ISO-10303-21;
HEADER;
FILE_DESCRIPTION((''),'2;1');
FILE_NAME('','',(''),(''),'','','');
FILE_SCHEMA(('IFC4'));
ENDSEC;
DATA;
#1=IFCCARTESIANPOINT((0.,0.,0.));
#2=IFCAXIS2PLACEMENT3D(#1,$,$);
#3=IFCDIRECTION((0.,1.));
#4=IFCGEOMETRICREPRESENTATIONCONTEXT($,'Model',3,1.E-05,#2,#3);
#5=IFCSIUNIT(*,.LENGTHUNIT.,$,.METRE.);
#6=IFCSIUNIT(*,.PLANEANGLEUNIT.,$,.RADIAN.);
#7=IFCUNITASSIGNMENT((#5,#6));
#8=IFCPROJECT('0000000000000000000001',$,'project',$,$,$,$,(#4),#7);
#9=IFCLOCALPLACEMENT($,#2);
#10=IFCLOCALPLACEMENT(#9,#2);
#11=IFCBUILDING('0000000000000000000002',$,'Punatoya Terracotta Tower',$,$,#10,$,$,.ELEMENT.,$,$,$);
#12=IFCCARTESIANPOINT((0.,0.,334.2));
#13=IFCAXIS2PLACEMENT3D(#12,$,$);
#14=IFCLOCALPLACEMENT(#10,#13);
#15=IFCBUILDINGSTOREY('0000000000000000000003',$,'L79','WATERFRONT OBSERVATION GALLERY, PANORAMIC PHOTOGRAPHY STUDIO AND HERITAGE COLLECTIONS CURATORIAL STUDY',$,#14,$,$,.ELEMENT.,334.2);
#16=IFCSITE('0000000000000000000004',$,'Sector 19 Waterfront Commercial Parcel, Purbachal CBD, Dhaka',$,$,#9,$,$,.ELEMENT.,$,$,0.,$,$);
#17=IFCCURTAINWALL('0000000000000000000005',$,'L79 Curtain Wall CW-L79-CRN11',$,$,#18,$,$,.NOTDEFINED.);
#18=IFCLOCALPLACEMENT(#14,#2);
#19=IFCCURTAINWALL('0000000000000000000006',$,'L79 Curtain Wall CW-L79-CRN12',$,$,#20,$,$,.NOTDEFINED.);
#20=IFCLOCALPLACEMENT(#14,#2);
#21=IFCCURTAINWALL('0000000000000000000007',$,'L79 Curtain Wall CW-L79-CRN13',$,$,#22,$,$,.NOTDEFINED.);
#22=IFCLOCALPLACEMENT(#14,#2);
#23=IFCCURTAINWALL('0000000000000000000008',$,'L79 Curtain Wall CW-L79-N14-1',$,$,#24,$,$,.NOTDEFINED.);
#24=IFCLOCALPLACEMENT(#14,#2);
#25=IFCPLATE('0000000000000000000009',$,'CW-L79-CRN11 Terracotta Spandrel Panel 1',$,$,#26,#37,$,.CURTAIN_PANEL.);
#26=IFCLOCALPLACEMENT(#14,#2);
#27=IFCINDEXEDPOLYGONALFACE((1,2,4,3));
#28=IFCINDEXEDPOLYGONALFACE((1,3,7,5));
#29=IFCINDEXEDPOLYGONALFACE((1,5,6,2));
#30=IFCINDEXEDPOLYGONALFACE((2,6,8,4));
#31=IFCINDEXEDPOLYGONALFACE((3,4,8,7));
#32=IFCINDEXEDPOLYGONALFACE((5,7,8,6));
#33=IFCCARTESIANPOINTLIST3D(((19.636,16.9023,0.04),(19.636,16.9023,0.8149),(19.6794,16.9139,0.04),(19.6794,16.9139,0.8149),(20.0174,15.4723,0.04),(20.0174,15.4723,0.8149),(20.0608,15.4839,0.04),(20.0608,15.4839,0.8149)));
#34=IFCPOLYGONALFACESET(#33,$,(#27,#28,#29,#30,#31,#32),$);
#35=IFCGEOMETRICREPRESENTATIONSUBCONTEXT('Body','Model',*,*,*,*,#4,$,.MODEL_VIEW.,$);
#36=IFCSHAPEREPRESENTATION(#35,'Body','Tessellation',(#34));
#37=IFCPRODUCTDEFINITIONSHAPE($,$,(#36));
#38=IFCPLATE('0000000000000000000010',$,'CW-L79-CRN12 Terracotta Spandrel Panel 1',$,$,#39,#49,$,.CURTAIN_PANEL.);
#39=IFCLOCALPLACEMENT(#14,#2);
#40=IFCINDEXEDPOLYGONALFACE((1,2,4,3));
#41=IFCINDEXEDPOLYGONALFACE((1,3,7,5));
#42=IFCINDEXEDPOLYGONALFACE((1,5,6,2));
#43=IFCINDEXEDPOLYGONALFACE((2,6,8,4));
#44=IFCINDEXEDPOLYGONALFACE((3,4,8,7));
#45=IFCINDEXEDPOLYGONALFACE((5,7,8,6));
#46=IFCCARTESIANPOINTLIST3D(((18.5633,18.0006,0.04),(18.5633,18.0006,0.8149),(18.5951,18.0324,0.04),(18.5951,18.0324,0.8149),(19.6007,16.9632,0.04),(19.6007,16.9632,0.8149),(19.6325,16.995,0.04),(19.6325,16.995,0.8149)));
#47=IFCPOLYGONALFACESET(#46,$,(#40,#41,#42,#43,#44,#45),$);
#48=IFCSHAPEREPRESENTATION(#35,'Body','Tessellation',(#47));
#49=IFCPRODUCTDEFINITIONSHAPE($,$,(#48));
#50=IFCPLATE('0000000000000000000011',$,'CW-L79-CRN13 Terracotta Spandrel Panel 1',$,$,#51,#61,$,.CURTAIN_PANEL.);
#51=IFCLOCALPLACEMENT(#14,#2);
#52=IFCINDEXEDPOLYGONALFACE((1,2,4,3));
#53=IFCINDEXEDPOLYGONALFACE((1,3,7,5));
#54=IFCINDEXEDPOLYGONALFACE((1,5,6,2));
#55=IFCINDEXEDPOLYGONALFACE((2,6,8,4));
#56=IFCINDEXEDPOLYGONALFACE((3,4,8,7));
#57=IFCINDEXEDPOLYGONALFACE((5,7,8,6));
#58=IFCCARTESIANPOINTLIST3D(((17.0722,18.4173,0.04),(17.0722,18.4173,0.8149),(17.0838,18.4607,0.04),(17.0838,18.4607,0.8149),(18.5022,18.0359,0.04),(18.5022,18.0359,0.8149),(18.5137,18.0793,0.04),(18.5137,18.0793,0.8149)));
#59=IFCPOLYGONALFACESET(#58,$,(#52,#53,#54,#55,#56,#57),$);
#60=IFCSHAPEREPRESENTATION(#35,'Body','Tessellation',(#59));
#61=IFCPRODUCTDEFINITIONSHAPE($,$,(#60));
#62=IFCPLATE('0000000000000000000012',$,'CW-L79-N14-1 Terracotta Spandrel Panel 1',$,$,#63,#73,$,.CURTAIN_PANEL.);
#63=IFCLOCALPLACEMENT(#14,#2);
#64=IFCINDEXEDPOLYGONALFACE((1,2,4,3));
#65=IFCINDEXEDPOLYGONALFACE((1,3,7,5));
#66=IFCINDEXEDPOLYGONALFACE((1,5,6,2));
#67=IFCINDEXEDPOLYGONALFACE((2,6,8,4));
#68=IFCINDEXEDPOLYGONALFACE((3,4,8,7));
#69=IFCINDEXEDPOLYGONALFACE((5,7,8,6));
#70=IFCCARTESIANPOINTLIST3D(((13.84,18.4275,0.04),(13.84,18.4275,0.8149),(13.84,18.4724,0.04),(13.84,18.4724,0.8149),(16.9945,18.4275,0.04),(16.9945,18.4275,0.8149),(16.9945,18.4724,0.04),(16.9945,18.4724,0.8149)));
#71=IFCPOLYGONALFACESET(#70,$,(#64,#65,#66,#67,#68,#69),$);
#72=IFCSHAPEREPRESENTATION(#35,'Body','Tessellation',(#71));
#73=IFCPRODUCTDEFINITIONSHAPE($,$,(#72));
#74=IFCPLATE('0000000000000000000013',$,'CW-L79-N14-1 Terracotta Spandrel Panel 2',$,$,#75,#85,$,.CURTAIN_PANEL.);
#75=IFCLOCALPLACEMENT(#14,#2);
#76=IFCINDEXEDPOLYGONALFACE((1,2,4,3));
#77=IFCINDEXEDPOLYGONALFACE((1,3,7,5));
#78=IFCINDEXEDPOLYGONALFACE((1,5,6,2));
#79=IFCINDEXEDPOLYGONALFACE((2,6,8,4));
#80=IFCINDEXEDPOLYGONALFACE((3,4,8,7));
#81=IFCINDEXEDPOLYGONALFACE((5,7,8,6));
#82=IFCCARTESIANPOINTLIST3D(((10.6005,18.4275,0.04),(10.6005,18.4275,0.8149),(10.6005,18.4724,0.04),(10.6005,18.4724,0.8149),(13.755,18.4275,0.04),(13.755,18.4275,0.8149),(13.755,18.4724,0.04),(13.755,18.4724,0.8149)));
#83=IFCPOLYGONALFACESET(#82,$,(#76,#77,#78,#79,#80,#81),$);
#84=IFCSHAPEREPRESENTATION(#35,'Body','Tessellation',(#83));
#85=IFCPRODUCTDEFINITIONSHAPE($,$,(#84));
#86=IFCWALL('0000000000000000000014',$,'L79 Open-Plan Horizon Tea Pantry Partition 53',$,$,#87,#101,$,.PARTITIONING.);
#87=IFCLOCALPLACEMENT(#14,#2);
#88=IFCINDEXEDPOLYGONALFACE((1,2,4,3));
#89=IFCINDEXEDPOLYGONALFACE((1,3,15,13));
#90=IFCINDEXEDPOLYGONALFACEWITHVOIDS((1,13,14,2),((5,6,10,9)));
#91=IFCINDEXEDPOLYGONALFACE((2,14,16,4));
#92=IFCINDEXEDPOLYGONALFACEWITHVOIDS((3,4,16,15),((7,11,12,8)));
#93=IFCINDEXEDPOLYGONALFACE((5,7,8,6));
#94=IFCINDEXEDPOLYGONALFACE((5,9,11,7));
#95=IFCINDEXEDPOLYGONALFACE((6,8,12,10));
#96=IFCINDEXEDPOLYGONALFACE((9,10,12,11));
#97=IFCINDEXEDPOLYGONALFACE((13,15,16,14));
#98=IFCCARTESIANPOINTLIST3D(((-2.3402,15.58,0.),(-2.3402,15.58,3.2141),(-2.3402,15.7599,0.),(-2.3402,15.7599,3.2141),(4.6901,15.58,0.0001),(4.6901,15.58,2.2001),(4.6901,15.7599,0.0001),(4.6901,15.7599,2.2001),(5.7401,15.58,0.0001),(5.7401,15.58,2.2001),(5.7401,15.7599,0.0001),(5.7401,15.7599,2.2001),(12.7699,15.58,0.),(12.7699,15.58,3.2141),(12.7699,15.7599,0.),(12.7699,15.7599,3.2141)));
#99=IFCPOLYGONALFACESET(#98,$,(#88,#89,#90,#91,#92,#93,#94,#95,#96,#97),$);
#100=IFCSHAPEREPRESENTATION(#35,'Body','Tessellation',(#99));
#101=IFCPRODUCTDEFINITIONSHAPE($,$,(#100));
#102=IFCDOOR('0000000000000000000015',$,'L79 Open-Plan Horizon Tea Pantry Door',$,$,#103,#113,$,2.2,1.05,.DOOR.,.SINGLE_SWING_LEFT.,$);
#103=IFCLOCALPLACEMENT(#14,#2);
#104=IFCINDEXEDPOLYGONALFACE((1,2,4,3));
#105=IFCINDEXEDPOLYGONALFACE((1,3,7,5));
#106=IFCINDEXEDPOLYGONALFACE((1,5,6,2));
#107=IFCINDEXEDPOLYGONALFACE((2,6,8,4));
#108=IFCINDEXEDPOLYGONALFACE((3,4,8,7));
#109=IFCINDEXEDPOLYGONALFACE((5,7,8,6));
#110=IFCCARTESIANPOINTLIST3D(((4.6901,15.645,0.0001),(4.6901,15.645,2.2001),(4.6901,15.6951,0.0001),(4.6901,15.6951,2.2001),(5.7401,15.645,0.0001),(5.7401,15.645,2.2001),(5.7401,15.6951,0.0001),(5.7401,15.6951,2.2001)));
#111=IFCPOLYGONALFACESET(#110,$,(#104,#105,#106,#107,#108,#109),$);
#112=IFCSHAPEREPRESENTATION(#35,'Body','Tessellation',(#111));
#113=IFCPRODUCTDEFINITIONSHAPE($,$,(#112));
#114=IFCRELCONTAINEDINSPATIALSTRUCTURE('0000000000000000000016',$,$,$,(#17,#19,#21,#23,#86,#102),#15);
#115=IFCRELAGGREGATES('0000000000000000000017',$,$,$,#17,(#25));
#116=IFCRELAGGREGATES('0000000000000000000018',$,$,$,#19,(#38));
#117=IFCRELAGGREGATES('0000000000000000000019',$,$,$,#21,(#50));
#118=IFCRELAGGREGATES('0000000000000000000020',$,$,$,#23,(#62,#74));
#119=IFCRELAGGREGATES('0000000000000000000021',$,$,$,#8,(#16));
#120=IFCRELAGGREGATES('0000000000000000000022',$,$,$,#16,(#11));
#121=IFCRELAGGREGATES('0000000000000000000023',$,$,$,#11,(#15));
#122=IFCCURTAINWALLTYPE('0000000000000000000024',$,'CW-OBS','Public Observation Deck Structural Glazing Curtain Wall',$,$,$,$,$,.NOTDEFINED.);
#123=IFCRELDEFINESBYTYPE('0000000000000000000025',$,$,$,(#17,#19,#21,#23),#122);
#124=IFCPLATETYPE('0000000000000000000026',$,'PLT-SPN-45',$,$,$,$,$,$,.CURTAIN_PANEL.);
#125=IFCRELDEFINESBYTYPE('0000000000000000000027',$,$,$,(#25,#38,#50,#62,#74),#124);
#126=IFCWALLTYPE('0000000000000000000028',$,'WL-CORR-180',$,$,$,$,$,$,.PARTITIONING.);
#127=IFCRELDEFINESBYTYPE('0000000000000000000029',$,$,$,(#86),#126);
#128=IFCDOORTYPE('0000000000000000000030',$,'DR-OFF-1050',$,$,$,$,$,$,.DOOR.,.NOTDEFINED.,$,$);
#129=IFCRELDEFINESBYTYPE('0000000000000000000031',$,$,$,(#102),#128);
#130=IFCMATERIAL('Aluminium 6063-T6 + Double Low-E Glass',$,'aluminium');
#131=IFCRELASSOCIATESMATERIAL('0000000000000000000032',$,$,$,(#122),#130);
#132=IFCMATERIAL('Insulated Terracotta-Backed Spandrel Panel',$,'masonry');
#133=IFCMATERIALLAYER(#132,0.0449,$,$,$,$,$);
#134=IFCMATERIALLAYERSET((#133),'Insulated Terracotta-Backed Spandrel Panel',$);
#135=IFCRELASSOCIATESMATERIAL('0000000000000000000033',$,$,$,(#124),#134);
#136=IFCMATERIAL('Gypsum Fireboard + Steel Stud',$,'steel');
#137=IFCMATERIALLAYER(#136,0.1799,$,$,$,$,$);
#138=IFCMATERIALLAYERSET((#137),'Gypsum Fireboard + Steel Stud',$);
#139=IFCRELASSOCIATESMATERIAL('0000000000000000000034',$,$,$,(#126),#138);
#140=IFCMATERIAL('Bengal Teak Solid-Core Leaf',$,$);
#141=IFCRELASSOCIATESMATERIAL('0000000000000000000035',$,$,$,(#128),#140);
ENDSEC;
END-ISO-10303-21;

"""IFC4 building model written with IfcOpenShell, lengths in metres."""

from ifc_helpers import new_model, si_unit, direction, frame, frame_2d, origin, origin_2d, place, context, subcontext, project, spatial, rectangle, extrude, material, layer, layer_set, type_object, element, fill, aggregate, save


model = new_model("IFC4")

# Units and contexts
model_context = context("Model", 3, precision=1e-05, world=origin(), true_north=direction((0.0, 1.0)))
body_context = subcontext(model_context, "Body", "Model", "MODEL_VIEW")
ifc_project = project(units=[si_unit("LENGTHUNIT", "METRE"), si_unit("PLANEANGLEUNIT", "RADIAN")], contexts=[model_context])

# Site, building, storey
site_placement = place(None, origin())
site = spatial("IfcSite", under=ifc_project, at=site_placement, Name="Sector 19 Waterfront Commercial Parcel, Purbachal CBD, Dhaka", CompositionType="ELEMENT", RefElevation=0.0)
building_placement = place(site_placement, origin())
building = spatial("IfcBuilding", under=site, at=building_placement, Name="Punatoya Terracotta Tower", CompositionType="ELEMENT")
storey_placement = place(building_placement, frame((0.0, 0.0, 334.2)))
storey = spatial("IfcBuildingStorey", under=building, at=storey_placement, Name="L79", Description="WATERFRONT OBSERVATION GALLERY, PANORAMIC PHOTOGRAPHY STUDIO AND HERITAGE COLLECTIONS CURATORIAL STUDY", CompositionType="ELEMENT", Elevation=334.2)

# Curtain walls
ifc_material_1 = material(Name="Aluminium 6063-T6 + Double Low-E Glass", Category="aluminium")
curtain_wall_type = type_object("IfcCurtainWallType", Name="CW-OBS", Description="Public Observation Deck Structural Glazing Curtain Wall", PredefinedType="NOTDEFINED", material=ifc_material_1)
curtain_wall_1_placement = place(storey_placement, origin())
curtain_wall_1 = element("IfcCurtainWall", 1, at=curtain_wall_1_placement, inside=storey, type_object=curtain_wall_type, Name="L79 Curtain Wall CW-L79-CRN11", PredefinedType="NOTDEFINED")
curtain_wall_2_placement = place(storey_placement, origin())
curtain_wall_2 = element("IfcCurtainWall", 2, at=curtain_wall_2_placement, inside=storey, type_object=curtain_wall_type, Name="L79 Curtain Wall CW-L79-CRN12", PredefinedType="NOTDEFINED")
curtain_wall_3_placement = place(storey_placement, origin())
curtain_wall_3 = element("IfcCurtainWall", 3, at=curtain_wall_3_placement, inside=storey, type_object=curtain_wall_type, Name="L79 Curtain Wall CW-L79-CRN13", PredefinedType="NOTDEFINED")
curtain_wall_4_placement = place(storey_placement, origin())
curtain_wall_4 = element("IfcCurtainWall", 4, at=curtain_wall_4_placement, inside=storey, type_object=curtain_wall_type, Name="L79 Curtain Wall CW-L79-N14-1", PredefinedType="NOTDEFINED")

# Plates
ifc_material_2 = material(Name="Insulated Terracotta-Backed Spandrel Panel", Category="masonry")
ifc_layer_1 = layer(ifc_material_2, 0.0449)
ifc_layer_set_1 = layer_set([ifc_layer_1], Name="Insulated Terracotta-Backed Spandrel Panel")
plate_type_1 = type_object("IfcPlateType", Name="PLT-SPN-45", PredefinedType="CURTAIN_PANEL", material=ifc_layer_set_1)
plate_1_placement = place(storey_placement, frame((19.8484, 16.1931, 0.04), z_axis=(0.0, 0.0, 1.0), x_axis=(-0.257742, 0.966214, 0.0)))
plate_1 = element("IfcPlate", 5, at=plate_1_placement, type_object=plate_type_1, Name="CW-L79-CRN11 Terracotta Spandrel Panel 1", PredefinedType="CURTAIN_PANEL", context=body_context, shape_type="SweptSolid", body=[
    extrude(rectangle(XDim=1.48, YDim=0.0449, at=origin_2d()), origin(), (0.0, 0.0, 1.0), 0.7749),
])
aggregate(curtain_wall_1, [plate_1])
plate_2_placement = place(storey_placement, frame((19.0979, 17.4978, 0.04), z_axis=(0.0, 0.0, 1.0), x_axis=(-0.707107, 0.707107, 0.0)))
plate_2 = element("IfcPlate", 6, at=plate_2_placement, type_object=plate_type_1, Name="CW-L79-CRN12 Terracotta Spandrel Panel 1", PredefinedType="CURTAIN_PANEL", context=body_context, shape_type="SweptSolid", body=[
    extrude(rectangle(XDim=1.467, YDim=0.0449, at=origin_2d()), origin(), (0.0, 0.0, 1.0), 0.7749),
])
aggregate(curtain_wall_2, [plate_2])
plate_3_placement = place(storey_placement, frame((17.793, 18.2483, 0.04), z_axis=(0.0, 0.0, 1.0), x_axis=(-0.966214, 0.257742, 0.0)))
plate_3 = element("IfcPlate", 7, at=plate_3_placement, type_object=plate_type_1, Name="CW-L79-CRN13 Terracotta Spandrel Panel 1", PredefinedType="CURTAIN_PANEL", context=body_context, shape_type="SweptSolid", body=[
    extrude(rectangle(XDim=1.48, YDim=0.0449, at=origin_2d()), origin(), (0.0, 0.0, 1.0), 0.7749),
])
aggregate(curtain_wall_3, [plate_3])
plate_4_placement = place(storey_placement, frame((15.4172, 18.45, 0.04), z_axis=(0.0, 0.0, 1.0), x_axis=(-1.0, 0.0, 0.0)))
plate_4 = element("IfcPlate", 8, at=plate_4_placement, type_object=plate_type_1, Name="CW-L79-N14-1 Terracotta Spandrel Panel 1", PredefinedType="CURTAIN_PANEL", context=body_context, shape_type="SweptSolid", body=[
    extrude(rectangle(XDim=3.1545, YDim=0.0449, at=origin_2d()), origin(), (0.0, 0.0, 1.0), 0.7749),
])
plate_5_placement = place(storey_placement, frame((12.1777, 18.45, 0.04), z_axis=(0.0, 0.0, 1.0), x_axis=(-1.0, 0.0, 0.0)))
plate_5 = element("IfcPlate", 9, at=plate_5_placement, type_object=plate_type_1, Name="CW-L79-N14-1 Terracotta Spandrel Panel 2", PredefinedType="CURTAIN_PANEL", context=body_context, shape_type="SweptSolid", body=[
    extrude(rectangle(XDim=3.1545, YDim=0.0449, at=origin_2d()), origin(), (0.0, 0.0, 1.0), 0.7749),
])
aggregate(curtain_wall_4, [plate_4, plate_5])

# Wall, opening, door
ifc_material_3 = material(Name="Gypsum Fireboard + Steel Stud", Category="steel")
ifc_layer_2 = layer(ifc_material_3, 0.1799)
ifc_layer_set_2 = layer_set([ifc_layer_2], Name="Gypsum Fireboard + Steel Stud")
wall_type = type_object("IfcWallType", Name="WL-CORR-180", PredefinedType="PARTITIONING", material=ifc_layer_set_2)
wall_placement = place(storey_placement, frame((12.77, 15.6699, 0.0), z_axis=(0.0, 0.0, 1.0), x_axis=(-1.0, 0.0, 0.0)))
wall = element("IfcWall", 10, at=wall_placement, inside=storey, type_object=wall_type, Name="L79 Open-Plan Horizon Tea Pantry Partition 53", PredefinedType="PARTITIONING", context=body_context, shape_type="SweptSolid", body=[
    extrude(rectangle(XDim=15.1101, YDim=0.1799, at=frame_2d((7.5552, 0.0))), origin(), (0.0, 0.0, 1.0), 3.2141),
])
opening_placement = place(wall_placement, frame((7.03, 0.0, 0.0)))
opening = element("IfcOpeningElement", 11, at=opening_placement, cuts=wall, PredefinedType="OPENING", context=body_context, shape_type="SweptSolid", body=[
    extrude(rectangle(XDim=1.05, YDim=2.2, at=frame_2d((0.5249, 1.1001))), frame((0.0, 0.0999, 0.0), z_axis=(0.0, -1.0, 0.0), x_axis=(1.0, 0.0, 0.0)), (0.0, 0.0, 1.0), 0.2),
])
ifc_material_4 = material(Name="Bengal Teak Solid-Core Leaf")
door_type = type_object("IfcDoorType", Name="DR-OFF-1050", OperationType="NOTDEFINED", PredefinedType="DOOR", material=ifc_material_4)
door_placement = place(opening_placement, origin())
door = element("IfcDoor", 12, at=door_placement, inside=storey, type_object=door_type, Name="L79 Open-Plan Horizon Tea Pantry Door", OperationType="SINGLE_SWING_LEFT", OverallHeight=2.2, OverallWidth=1.05, PredefinedType="DOOR", context=body_context, shape_type="SweptSolid", body=[
    extrude(rectangle(XDim=1.05, YDim=2.2, at=frame_2d((0.5249, 1.1001))), frame((0.0, 0.0249, 0.0), z_axis=(0.0, -1.0, 0.0), x_axis=(1.0, 0.0, 0.0)), (0.0, 0.0, 1.0), 0.05),
])
fill(opening, door)

save(model, "model.ifc")
